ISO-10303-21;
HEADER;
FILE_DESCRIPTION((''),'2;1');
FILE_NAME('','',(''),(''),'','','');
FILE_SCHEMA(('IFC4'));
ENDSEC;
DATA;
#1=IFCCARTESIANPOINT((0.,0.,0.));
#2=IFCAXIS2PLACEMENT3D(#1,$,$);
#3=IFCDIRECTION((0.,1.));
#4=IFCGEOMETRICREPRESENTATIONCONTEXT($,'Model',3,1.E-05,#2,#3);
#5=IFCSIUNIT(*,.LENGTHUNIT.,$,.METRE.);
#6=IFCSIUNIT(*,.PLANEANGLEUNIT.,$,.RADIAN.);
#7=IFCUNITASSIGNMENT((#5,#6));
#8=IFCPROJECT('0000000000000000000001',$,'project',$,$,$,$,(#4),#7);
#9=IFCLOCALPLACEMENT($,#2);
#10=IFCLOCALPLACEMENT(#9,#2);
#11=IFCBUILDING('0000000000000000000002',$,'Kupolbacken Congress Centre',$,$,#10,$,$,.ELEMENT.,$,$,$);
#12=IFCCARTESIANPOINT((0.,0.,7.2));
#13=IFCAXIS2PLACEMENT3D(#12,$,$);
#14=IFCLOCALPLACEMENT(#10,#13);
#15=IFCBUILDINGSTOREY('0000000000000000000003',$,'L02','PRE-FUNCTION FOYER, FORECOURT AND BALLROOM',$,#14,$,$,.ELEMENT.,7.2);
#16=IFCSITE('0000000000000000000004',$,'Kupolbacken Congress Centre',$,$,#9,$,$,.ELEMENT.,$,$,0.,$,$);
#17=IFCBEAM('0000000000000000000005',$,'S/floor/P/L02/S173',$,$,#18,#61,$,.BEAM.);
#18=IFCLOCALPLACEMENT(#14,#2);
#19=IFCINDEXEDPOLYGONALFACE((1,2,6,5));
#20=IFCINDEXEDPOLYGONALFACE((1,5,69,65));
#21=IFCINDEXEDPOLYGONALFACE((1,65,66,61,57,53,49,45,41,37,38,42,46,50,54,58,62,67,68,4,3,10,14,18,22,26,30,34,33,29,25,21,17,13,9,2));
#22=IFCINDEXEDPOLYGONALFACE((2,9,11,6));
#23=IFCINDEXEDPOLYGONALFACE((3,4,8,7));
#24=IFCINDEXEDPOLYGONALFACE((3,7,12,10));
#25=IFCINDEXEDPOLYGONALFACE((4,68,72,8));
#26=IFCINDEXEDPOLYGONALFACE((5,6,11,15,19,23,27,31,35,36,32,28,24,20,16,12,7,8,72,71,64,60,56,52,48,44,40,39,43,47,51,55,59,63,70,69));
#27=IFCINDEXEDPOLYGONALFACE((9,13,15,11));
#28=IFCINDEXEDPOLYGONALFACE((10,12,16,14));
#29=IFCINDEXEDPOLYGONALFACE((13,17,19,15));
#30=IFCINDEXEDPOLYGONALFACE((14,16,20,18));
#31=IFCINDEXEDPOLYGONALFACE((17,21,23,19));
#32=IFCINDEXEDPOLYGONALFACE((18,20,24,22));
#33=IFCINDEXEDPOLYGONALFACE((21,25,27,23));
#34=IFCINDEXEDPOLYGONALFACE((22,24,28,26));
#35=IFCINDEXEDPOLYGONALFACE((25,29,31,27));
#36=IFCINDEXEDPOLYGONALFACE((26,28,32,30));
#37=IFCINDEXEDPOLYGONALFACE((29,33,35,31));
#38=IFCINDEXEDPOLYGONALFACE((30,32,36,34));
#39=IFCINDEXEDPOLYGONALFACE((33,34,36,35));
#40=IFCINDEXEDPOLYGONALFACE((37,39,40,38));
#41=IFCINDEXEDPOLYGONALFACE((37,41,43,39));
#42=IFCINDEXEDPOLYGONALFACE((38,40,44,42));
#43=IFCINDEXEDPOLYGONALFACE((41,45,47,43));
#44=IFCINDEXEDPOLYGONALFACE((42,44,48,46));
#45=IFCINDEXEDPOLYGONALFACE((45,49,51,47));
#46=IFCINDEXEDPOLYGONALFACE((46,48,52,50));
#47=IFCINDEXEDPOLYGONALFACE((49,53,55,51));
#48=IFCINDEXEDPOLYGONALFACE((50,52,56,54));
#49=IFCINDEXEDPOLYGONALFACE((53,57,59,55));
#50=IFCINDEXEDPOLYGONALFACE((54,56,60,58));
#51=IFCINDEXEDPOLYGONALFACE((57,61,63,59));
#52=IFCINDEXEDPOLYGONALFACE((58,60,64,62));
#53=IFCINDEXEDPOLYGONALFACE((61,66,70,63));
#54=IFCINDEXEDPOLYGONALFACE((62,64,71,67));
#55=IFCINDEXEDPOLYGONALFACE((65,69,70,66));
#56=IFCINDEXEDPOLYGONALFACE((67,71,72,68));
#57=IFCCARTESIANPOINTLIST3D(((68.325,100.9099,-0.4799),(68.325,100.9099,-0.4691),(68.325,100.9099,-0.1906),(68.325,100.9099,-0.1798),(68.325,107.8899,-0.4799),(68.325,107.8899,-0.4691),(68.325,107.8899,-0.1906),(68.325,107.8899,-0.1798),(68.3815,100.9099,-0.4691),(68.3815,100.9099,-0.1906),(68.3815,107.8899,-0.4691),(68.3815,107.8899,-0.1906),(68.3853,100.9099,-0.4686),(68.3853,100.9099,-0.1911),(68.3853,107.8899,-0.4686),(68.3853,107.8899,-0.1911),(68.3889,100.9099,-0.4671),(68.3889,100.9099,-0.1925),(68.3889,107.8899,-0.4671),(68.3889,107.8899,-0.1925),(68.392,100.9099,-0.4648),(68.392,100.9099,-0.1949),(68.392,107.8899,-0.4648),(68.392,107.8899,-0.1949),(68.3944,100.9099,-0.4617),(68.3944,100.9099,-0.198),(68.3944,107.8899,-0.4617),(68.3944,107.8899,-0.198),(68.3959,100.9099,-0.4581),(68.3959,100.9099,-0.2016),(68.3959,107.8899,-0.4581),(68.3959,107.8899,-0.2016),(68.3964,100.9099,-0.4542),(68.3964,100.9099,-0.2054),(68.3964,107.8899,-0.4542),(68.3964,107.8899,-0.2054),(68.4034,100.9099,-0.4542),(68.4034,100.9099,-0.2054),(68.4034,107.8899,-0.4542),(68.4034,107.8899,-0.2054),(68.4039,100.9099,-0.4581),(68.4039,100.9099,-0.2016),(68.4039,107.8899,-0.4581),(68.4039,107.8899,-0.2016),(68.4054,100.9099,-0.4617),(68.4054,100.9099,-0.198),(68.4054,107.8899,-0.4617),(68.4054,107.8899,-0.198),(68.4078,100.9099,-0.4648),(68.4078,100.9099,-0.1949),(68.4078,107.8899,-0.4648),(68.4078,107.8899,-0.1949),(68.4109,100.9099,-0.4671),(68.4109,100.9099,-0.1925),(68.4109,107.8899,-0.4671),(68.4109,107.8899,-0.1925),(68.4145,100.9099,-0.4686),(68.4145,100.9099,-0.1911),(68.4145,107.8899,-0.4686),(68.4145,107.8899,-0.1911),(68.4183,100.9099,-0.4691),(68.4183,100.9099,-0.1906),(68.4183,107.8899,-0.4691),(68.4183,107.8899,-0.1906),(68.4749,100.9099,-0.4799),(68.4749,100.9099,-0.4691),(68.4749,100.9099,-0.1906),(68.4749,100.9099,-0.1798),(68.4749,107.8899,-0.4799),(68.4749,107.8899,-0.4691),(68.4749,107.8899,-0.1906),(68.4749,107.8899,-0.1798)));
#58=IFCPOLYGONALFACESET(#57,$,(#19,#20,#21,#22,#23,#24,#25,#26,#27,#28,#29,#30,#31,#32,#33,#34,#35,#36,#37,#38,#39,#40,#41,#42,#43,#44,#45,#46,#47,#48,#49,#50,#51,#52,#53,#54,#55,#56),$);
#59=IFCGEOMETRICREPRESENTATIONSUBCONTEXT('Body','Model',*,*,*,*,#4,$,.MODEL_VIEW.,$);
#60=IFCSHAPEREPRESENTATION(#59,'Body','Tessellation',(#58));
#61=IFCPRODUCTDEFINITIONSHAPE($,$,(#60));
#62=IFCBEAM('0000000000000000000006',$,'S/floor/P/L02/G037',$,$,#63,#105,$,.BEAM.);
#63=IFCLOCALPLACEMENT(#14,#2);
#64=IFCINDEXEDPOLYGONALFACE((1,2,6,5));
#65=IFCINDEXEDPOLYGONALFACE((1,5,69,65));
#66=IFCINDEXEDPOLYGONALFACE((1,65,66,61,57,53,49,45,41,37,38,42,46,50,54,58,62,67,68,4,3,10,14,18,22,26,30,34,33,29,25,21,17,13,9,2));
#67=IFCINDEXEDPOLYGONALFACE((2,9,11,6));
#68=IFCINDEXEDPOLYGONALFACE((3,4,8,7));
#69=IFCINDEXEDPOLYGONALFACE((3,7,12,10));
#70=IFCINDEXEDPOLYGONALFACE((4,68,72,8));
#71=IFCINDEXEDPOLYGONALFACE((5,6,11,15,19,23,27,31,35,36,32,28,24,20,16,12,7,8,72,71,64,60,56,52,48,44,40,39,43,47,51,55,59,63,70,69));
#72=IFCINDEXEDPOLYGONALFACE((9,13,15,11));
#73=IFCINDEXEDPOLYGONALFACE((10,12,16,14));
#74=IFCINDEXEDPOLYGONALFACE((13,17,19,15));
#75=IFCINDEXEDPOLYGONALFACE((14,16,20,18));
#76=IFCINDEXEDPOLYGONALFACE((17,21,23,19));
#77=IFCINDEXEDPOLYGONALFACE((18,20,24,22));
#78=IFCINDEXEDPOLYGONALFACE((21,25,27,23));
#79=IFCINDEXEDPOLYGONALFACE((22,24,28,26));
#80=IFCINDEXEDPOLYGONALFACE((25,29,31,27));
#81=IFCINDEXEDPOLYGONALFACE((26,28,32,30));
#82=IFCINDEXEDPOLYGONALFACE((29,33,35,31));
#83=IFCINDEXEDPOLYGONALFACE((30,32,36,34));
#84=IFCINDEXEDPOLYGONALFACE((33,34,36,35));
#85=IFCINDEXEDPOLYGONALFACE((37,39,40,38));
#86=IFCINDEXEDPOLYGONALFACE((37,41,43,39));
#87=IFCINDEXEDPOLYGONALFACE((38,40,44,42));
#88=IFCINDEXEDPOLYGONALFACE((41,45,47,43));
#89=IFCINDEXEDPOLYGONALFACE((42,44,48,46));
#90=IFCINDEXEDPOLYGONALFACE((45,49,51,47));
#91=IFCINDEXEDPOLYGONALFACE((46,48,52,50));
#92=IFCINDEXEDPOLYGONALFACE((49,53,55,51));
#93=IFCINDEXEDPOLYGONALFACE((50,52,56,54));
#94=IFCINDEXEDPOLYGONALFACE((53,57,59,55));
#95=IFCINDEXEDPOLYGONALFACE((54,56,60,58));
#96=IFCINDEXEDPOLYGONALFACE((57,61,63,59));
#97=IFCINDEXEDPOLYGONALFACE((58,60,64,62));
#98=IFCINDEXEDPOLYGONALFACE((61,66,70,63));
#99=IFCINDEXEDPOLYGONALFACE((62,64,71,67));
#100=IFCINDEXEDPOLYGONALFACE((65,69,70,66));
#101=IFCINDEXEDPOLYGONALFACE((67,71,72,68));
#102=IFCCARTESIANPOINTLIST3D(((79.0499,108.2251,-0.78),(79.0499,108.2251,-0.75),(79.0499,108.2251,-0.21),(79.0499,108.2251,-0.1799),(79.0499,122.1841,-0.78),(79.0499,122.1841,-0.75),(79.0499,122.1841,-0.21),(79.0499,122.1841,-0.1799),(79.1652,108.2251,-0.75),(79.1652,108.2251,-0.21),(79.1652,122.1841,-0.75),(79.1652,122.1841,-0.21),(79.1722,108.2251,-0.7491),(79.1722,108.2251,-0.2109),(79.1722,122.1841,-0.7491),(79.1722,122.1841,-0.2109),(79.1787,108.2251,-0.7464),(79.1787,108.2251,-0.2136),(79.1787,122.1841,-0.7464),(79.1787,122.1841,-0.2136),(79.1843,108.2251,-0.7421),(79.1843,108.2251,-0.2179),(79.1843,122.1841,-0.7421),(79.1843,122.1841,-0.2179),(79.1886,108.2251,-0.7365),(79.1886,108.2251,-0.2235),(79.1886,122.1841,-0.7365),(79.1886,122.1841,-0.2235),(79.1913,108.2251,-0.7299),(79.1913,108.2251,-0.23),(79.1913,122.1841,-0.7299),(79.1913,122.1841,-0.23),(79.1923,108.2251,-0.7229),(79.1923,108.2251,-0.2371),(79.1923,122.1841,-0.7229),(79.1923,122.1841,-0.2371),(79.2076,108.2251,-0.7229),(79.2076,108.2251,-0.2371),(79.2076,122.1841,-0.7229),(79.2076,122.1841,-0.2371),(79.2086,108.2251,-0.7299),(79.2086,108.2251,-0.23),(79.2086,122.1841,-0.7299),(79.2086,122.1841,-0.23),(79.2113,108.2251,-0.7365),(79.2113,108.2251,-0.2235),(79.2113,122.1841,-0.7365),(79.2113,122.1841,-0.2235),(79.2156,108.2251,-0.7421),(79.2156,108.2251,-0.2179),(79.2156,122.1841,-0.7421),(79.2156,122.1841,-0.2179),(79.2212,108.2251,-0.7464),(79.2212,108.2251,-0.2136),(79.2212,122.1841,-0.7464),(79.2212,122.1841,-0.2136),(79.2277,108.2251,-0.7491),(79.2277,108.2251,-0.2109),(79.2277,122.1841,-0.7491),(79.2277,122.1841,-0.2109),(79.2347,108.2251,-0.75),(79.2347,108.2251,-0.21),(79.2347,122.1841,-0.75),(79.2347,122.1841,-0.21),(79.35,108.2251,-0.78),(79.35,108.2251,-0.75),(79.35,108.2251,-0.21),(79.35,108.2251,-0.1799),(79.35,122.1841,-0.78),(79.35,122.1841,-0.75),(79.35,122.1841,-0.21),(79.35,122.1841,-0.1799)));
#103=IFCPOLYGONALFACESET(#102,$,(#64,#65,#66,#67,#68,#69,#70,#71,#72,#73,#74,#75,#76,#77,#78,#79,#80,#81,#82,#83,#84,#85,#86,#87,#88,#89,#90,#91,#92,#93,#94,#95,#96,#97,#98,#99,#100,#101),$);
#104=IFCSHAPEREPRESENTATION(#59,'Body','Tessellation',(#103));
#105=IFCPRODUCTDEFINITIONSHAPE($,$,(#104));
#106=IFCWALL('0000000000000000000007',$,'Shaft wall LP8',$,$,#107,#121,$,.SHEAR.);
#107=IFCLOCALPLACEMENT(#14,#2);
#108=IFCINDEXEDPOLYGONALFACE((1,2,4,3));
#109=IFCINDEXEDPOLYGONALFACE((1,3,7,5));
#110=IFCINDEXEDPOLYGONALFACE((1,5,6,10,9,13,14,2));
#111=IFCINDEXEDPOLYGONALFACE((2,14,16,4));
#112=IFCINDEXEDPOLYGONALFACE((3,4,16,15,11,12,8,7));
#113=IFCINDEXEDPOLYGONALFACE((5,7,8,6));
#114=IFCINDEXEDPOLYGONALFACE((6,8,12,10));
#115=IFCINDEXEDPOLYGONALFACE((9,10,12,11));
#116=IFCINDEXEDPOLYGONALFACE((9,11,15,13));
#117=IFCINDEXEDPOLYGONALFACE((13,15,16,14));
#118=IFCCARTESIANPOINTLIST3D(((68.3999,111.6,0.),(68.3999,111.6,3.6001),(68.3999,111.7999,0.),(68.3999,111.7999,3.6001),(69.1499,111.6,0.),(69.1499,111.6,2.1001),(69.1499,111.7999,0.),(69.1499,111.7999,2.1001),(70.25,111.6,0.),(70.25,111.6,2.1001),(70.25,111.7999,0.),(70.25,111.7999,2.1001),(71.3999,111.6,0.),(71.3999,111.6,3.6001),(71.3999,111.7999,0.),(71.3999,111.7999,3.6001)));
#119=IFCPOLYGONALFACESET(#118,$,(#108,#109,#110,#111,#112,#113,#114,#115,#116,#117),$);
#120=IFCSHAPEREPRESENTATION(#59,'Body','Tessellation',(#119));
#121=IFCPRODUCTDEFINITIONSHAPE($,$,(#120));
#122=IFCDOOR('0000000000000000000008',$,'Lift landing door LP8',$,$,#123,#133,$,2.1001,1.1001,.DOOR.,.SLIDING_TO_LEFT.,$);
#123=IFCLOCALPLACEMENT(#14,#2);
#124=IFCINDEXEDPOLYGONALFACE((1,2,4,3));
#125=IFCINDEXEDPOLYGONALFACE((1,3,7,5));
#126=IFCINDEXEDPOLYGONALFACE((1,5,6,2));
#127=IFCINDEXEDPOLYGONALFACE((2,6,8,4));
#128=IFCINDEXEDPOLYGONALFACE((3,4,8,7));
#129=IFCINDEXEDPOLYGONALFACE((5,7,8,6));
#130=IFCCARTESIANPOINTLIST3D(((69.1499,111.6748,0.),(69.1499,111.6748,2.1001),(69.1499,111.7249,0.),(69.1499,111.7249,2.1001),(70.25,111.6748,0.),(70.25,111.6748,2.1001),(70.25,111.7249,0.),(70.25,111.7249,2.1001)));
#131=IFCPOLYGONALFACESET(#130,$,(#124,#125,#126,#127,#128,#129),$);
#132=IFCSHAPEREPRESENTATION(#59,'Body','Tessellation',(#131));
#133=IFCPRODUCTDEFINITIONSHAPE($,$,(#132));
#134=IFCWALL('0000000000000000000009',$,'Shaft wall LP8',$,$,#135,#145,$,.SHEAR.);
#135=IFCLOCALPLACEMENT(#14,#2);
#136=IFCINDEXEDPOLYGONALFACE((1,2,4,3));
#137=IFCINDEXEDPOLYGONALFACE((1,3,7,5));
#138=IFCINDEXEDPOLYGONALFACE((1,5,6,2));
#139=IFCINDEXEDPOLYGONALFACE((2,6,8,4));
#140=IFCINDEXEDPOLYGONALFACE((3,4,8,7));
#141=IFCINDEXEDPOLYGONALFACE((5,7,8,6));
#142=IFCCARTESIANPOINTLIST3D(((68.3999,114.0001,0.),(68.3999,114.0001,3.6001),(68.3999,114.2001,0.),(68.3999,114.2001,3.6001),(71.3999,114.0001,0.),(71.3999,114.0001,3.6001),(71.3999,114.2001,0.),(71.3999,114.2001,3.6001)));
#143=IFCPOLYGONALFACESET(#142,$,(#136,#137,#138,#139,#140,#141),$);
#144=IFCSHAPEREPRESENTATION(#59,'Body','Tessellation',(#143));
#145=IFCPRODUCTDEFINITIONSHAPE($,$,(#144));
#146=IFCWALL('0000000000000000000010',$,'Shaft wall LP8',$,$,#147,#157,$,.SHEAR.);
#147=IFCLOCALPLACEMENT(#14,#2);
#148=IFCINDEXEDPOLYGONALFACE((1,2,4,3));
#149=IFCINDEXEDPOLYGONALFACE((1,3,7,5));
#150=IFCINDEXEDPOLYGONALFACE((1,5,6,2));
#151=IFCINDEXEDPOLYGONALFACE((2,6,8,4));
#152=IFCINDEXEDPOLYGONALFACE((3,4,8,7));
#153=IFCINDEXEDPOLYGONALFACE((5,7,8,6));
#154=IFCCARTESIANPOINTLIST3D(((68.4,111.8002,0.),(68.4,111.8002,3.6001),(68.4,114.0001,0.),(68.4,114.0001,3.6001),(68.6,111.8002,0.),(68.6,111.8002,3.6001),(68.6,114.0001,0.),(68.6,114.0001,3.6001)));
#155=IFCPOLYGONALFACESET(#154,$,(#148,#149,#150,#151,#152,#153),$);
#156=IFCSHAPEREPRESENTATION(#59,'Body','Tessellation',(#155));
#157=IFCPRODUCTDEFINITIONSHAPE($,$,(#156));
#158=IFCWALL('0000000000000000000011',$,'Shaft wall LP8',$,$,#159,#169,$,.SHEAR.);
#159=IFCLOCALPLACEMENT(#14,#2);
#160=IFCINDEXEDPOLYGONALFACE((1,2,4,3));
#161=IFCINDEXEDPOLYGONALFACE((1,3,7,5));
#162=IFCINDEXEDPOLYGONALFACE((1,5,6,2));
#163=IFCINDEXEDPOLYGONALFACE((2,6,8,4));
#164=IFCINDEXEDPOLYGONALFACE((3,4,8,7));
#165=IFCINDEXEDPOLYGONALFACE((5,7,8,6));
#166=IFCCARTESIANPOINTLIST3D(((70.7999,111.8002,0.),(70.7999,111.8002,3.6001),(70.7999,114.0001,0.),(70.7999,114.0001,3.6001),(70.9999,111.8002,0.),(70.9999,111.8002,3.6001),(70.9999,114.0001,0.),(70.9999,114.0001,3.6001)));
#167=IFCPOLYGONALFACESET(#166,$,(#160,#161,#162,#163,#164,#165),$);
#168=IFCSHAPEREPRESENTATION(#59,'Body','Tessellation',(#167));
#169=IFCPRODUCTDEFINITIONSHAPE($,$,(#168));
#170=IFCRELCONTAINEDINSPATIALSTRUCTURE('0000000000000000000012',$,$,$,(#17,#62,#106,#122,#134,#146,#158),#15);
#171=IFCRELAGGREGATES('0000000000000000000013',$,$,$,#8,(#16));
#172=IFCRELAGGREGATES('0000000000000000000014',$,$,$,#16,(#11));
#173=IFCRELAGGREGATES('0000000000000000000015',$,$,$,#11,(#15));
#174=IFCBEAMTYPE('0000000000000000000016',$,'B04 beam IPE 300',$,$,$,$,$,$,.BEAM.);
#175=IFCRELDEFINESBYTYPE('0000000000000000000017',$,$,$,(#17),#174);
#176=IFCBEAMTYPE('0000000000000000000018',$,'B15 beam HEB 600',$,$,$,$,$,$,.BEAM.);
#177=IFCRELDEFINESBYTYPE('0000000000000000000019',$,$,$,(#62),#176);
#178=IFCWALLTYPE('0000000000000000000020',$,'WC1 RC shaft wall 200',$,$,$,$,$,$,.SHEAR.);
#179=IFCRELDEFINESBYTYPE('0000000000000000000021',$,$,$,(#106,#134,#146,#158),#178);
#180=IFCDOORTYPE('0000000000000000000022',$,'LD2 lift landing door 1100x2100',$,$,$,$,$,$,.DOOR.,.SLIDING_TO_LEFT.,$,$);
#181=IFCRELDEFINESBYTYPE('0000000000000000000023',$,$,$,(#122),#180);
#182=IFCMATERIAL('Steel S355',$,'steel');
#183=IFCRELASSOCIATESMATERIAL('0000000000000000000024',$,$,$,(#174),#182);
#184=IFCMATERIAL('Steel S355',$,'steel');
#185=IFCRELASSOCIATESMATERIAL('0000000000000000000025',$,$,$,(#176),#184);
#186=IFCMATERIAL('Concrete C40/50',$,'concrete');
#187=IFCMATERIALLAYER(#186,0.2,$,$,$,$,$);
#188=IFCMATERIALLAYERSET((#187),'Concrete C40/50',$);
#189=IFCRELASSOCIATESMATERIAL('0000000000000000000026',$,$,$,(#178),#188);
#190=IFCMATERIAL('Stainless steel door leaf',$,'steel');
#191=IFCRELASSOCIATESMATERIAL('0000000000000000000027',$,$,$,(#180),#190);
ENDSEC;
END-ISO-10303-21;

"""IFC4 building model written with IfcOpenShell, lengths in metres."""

from ifc_helpers import new_model, si_unit, direction, frame, frame_2d, origin, origin_2d, place, context, subcontext, project, spatial, rectangle, i_section, extrude, material, layer, layer_set, material_profile, profile_set, type_object, element, fill, save


model = new_model("IFC4")

# Units and contexts
model_context = context("Model", 3, precision=1e-05, world=origin(), true_north=direction((0.0, 1.0)))
body_context = subcontext(model_context, "Body", "Model", "MODEL_VIEW")
ifc_project = project(units=[si_unit("LENGTHUNIT", "METRE"), si_unit("PLANEANGLEUNIT", "RADIAN")], contexts=[model_context])

# Site, building, storey
site_placement = place(None, origin())
site = spatial("IfcSite", under=ifc_project, at=site_placement, Name="Kupolbacken Congress Centre", CompositionType="ELEMENT", RefElevation=0.0)
building_placement = place(site_placement, origin())
building = spatial("IfcBuilding", under=site, at=building_placement, Name="Kupolbacken Congress Centre", CompositionType="ELEMENT")
storey_placement = place(building_placement, frame((0.0, 0.0, 7.2)))
storey = spatial("IfcBuildingStorey", under=building, at=storey_placement, Name="L02", Description="PRE-FUNCTION FOYER, FORECOURT AND BALLROOM", CompositionType="ELEMENT", Elevation=7.2)

# Beams
ifc_material_1 = material(Name="Steel S355", Category="steel")
ifc_material_profile_1 = material_profile(ifc_material_1, i_section(OverallWidth=0.1499, OverallDepth=0.3, WebThickness=0.0071, FlangeThickness=0.0107, FilletRadius=0.0149, at=origin_2d()), Name="IPE 300")
ifc_profile_set_1 = profile_set([ifc_material_profile_1], Name="Steel S355")
beam_type_1 = type_object("IfcBeamType", Name="B04 beam IPE 300", PredefinedType="BEAM", material=ifc_profile_set_1)
for number, where, z_axis, x_axis, name in (
    (1, (68.3999, 100.9099, -0.3298), (0.0, 1.0, 0.0), (-1.0, 0.0, 0.0), "S/floor/P/L02/S173"),
):
    element("IfcBeam", number, at=place(storey_placement, frame(where, z_axis=z_axis, x_axis=x_axis)), inside=storey, type_object=beam_type_1, Name=name, PredefinedType="BEAM", context=body_context, shape_type="SweptSolid", body=[
        extrude(i_section(OverallWidth=0.1499, OverallDepth=0.3, WebThickness=0.0071, FlangeThickness=0.0107, FilletRadius=0.0149, at=origin_2d()), origin(), (0.0, 0.0, 1.0), 6.98),
    ])
ifc_material_2 = material(Name="Steel S355", Category="steel")
ifc_material_profile_2 = material_profile(ifc_material_2, i_section(OverallWidth=0.3, OverallDepth=0.6001, WebThickness=0.0154, FlangeThickness=0.03, FilletRadius=0.0271, at=origin_2d()), Name="HEB 600")
ifc_profile_set_2 = profile_set([ifc_material_profile_2], Name="Steel S355")
beam_type_2 = type_object("IfcBeamType", Name="B15 beam HEB 600", PredefinedType="BEAM", material=ifc_profile_set_2)
beam_1_placement = place(storey_placement, frame((79.2, 108.2251, -0.48), z_axis=(0.0, 1.0, 0.0), x_axis=(-1.0, 0.0, 0.0)))
element("IfcBeam", 2, at=beam_1_placement, inside=storey, type_object=beam_type_2, Name="S/floor/P/L02/G037", PredefinedType="BEAM", context=body_context, shape_type="SweptSolid", body=[
    extrude(i_section(OverallWidth=0.3, OverallDepth=0.6001, WebThickness=0.0154, FlangeThickness=0.03, FilletRadius=0.0271, at=origin_2d()), origin(), (0.0, 0.0, 1.0), 13.959),
])

# Wall, opening, door
ifc_material_3 = material(Name="Concrete C40/50", Category="concrete")
ifc_layer_1 = layer(ifc_material_3, 0.2)
ifc_layer_set_1 = layer_set([ifc_layer_1], Name="Concrete C40/50")
wall_type_1 = type_object("IfcWallType", Name="WC1 RC shaft wall 200", PredefinedType="SHEAR", material=ifc_layer_set_1)
wall_1_placement = place(storey_placement, frame((68.3999, 111.7, 0.0), z_axis=(0.0, 0.0, 1.0), x_axis=(1.0, 0.0, 0.0)))
wall_1 = element("IfcWall", 3, at=wall_1_placement, inside=storey, type_object=wall_type_1, Name="Shaft wall LP8", PredefinedType="SHEAR", context=body_context, shape_type="SweptSolid", body=[
    extrude(rectangle(XDim=3.0, YDim=0.2, at=frame_2d((1.5, 0.0))), origin(), (0.0, 0.0, 1.0), 3.6001),
])
opening_1_placement = place(wall_1_placement, frame((0.75, 0.0, 0.0)))
opening_1 = element("IfcOpeningElement", 4, at=opening_1_placement, cuts=wall_1, PredefinedType="OPENING", context=body_context, shape_type="SweptSolid", body=[
    extrude(rectangle(XDim=1.1001, YDim=2.1001, at=frame_2d((0.55, 1.05))), frame((0.0, 0.1099, 0.0), z_axis=(0.0, -1.0, 0.0), x_axis=(1.0, 0.0, 0.0)), (0.0, 0.0, 1.0), 0.22),
])
ifc_material_4 = material(Name="Stainless steel door leaf", Category="steel")
door_type_1 = type_object("IfcDoorType", Name="LD2 lift landing door 1100x2100", OperationType="SLIDING_TO_LEFT", PredefinedType="DOOR", material=ifc_material_4)
door_1_placement = place(opening_1_placement, origin())
door_1 = element("IfcDoor", 5, at=door_1_placement, inside=storey, type_object=door_type_1, Name="Lift landing door LP8", OperationType="SLIDING_TO_LEFT", OverallHeight=2.1001, OverallWidth=1.1001, PredefinedType="DOOR", context=body_context, shape_type="SweptSolid", body=[
    extrude(rectangle(XDim=1.1001, YDim=2.1001, at=frame_2d((0.55, 1.05))), frame((0.0, 0.0249, 0.0), z_axis=(0.0, -1.0, 0.0), x_axis=(1.0, 0.0, 0.0)), (0.0, 0.0, 1.0), 0.05),
])
fill(opening_1, door_1)

# Walls
wall_2_placement = place(storey_placement, frame((68.3999, 114.1001, 0.0), z_axis=(0.0, 0.0, 1.0), x_axis=(1.0, 0.0, 0.0)))
element("IfcWall", 6, at=wall_2_placement, inside=storey, type_object=wall_type_1, Name="Shaft wall LP8", PredefinedType="SHEAR", context=body_context, shape_type="SweptSolid", body=[
    extrude(rectangle(XDim=3.0, YDim=0.2, at=frame_2d((1.5, 0.0))), origin(), (0.0, 0.0, 1.0), 3.6001),
])
for number, where, z_axis, x_axis, name in (
    (7, (68.5, 111.8, 0.0), (0.0, 0.0, 1.0), (0.0, 1.0, 0.0), "Shaft wall LP8"),
    (8, (70.8999, 111.8, 0.0), (0.0, 0.0, 1.0), (0.0, 1.0, 0.0), "Shaft wall LP8"),
):
    element("IfcWall", number, at=place(storey_placement, frame(where, z_axis=z_axis, x_axis=x_axis)), inside=storey, type_object=wall_type_1, Name=name, PredefinedType="SHEAR", context=body_context, shape_type="SweptSolid", body=[
        extrude(rectangle(XDim=2.2, YDim=0.2, at=frame_2d((1.1001, 0.0))), origin(), (0.0, 0.0, 1.0), 3.6001),
    ])

save(model, "model.ifc")
